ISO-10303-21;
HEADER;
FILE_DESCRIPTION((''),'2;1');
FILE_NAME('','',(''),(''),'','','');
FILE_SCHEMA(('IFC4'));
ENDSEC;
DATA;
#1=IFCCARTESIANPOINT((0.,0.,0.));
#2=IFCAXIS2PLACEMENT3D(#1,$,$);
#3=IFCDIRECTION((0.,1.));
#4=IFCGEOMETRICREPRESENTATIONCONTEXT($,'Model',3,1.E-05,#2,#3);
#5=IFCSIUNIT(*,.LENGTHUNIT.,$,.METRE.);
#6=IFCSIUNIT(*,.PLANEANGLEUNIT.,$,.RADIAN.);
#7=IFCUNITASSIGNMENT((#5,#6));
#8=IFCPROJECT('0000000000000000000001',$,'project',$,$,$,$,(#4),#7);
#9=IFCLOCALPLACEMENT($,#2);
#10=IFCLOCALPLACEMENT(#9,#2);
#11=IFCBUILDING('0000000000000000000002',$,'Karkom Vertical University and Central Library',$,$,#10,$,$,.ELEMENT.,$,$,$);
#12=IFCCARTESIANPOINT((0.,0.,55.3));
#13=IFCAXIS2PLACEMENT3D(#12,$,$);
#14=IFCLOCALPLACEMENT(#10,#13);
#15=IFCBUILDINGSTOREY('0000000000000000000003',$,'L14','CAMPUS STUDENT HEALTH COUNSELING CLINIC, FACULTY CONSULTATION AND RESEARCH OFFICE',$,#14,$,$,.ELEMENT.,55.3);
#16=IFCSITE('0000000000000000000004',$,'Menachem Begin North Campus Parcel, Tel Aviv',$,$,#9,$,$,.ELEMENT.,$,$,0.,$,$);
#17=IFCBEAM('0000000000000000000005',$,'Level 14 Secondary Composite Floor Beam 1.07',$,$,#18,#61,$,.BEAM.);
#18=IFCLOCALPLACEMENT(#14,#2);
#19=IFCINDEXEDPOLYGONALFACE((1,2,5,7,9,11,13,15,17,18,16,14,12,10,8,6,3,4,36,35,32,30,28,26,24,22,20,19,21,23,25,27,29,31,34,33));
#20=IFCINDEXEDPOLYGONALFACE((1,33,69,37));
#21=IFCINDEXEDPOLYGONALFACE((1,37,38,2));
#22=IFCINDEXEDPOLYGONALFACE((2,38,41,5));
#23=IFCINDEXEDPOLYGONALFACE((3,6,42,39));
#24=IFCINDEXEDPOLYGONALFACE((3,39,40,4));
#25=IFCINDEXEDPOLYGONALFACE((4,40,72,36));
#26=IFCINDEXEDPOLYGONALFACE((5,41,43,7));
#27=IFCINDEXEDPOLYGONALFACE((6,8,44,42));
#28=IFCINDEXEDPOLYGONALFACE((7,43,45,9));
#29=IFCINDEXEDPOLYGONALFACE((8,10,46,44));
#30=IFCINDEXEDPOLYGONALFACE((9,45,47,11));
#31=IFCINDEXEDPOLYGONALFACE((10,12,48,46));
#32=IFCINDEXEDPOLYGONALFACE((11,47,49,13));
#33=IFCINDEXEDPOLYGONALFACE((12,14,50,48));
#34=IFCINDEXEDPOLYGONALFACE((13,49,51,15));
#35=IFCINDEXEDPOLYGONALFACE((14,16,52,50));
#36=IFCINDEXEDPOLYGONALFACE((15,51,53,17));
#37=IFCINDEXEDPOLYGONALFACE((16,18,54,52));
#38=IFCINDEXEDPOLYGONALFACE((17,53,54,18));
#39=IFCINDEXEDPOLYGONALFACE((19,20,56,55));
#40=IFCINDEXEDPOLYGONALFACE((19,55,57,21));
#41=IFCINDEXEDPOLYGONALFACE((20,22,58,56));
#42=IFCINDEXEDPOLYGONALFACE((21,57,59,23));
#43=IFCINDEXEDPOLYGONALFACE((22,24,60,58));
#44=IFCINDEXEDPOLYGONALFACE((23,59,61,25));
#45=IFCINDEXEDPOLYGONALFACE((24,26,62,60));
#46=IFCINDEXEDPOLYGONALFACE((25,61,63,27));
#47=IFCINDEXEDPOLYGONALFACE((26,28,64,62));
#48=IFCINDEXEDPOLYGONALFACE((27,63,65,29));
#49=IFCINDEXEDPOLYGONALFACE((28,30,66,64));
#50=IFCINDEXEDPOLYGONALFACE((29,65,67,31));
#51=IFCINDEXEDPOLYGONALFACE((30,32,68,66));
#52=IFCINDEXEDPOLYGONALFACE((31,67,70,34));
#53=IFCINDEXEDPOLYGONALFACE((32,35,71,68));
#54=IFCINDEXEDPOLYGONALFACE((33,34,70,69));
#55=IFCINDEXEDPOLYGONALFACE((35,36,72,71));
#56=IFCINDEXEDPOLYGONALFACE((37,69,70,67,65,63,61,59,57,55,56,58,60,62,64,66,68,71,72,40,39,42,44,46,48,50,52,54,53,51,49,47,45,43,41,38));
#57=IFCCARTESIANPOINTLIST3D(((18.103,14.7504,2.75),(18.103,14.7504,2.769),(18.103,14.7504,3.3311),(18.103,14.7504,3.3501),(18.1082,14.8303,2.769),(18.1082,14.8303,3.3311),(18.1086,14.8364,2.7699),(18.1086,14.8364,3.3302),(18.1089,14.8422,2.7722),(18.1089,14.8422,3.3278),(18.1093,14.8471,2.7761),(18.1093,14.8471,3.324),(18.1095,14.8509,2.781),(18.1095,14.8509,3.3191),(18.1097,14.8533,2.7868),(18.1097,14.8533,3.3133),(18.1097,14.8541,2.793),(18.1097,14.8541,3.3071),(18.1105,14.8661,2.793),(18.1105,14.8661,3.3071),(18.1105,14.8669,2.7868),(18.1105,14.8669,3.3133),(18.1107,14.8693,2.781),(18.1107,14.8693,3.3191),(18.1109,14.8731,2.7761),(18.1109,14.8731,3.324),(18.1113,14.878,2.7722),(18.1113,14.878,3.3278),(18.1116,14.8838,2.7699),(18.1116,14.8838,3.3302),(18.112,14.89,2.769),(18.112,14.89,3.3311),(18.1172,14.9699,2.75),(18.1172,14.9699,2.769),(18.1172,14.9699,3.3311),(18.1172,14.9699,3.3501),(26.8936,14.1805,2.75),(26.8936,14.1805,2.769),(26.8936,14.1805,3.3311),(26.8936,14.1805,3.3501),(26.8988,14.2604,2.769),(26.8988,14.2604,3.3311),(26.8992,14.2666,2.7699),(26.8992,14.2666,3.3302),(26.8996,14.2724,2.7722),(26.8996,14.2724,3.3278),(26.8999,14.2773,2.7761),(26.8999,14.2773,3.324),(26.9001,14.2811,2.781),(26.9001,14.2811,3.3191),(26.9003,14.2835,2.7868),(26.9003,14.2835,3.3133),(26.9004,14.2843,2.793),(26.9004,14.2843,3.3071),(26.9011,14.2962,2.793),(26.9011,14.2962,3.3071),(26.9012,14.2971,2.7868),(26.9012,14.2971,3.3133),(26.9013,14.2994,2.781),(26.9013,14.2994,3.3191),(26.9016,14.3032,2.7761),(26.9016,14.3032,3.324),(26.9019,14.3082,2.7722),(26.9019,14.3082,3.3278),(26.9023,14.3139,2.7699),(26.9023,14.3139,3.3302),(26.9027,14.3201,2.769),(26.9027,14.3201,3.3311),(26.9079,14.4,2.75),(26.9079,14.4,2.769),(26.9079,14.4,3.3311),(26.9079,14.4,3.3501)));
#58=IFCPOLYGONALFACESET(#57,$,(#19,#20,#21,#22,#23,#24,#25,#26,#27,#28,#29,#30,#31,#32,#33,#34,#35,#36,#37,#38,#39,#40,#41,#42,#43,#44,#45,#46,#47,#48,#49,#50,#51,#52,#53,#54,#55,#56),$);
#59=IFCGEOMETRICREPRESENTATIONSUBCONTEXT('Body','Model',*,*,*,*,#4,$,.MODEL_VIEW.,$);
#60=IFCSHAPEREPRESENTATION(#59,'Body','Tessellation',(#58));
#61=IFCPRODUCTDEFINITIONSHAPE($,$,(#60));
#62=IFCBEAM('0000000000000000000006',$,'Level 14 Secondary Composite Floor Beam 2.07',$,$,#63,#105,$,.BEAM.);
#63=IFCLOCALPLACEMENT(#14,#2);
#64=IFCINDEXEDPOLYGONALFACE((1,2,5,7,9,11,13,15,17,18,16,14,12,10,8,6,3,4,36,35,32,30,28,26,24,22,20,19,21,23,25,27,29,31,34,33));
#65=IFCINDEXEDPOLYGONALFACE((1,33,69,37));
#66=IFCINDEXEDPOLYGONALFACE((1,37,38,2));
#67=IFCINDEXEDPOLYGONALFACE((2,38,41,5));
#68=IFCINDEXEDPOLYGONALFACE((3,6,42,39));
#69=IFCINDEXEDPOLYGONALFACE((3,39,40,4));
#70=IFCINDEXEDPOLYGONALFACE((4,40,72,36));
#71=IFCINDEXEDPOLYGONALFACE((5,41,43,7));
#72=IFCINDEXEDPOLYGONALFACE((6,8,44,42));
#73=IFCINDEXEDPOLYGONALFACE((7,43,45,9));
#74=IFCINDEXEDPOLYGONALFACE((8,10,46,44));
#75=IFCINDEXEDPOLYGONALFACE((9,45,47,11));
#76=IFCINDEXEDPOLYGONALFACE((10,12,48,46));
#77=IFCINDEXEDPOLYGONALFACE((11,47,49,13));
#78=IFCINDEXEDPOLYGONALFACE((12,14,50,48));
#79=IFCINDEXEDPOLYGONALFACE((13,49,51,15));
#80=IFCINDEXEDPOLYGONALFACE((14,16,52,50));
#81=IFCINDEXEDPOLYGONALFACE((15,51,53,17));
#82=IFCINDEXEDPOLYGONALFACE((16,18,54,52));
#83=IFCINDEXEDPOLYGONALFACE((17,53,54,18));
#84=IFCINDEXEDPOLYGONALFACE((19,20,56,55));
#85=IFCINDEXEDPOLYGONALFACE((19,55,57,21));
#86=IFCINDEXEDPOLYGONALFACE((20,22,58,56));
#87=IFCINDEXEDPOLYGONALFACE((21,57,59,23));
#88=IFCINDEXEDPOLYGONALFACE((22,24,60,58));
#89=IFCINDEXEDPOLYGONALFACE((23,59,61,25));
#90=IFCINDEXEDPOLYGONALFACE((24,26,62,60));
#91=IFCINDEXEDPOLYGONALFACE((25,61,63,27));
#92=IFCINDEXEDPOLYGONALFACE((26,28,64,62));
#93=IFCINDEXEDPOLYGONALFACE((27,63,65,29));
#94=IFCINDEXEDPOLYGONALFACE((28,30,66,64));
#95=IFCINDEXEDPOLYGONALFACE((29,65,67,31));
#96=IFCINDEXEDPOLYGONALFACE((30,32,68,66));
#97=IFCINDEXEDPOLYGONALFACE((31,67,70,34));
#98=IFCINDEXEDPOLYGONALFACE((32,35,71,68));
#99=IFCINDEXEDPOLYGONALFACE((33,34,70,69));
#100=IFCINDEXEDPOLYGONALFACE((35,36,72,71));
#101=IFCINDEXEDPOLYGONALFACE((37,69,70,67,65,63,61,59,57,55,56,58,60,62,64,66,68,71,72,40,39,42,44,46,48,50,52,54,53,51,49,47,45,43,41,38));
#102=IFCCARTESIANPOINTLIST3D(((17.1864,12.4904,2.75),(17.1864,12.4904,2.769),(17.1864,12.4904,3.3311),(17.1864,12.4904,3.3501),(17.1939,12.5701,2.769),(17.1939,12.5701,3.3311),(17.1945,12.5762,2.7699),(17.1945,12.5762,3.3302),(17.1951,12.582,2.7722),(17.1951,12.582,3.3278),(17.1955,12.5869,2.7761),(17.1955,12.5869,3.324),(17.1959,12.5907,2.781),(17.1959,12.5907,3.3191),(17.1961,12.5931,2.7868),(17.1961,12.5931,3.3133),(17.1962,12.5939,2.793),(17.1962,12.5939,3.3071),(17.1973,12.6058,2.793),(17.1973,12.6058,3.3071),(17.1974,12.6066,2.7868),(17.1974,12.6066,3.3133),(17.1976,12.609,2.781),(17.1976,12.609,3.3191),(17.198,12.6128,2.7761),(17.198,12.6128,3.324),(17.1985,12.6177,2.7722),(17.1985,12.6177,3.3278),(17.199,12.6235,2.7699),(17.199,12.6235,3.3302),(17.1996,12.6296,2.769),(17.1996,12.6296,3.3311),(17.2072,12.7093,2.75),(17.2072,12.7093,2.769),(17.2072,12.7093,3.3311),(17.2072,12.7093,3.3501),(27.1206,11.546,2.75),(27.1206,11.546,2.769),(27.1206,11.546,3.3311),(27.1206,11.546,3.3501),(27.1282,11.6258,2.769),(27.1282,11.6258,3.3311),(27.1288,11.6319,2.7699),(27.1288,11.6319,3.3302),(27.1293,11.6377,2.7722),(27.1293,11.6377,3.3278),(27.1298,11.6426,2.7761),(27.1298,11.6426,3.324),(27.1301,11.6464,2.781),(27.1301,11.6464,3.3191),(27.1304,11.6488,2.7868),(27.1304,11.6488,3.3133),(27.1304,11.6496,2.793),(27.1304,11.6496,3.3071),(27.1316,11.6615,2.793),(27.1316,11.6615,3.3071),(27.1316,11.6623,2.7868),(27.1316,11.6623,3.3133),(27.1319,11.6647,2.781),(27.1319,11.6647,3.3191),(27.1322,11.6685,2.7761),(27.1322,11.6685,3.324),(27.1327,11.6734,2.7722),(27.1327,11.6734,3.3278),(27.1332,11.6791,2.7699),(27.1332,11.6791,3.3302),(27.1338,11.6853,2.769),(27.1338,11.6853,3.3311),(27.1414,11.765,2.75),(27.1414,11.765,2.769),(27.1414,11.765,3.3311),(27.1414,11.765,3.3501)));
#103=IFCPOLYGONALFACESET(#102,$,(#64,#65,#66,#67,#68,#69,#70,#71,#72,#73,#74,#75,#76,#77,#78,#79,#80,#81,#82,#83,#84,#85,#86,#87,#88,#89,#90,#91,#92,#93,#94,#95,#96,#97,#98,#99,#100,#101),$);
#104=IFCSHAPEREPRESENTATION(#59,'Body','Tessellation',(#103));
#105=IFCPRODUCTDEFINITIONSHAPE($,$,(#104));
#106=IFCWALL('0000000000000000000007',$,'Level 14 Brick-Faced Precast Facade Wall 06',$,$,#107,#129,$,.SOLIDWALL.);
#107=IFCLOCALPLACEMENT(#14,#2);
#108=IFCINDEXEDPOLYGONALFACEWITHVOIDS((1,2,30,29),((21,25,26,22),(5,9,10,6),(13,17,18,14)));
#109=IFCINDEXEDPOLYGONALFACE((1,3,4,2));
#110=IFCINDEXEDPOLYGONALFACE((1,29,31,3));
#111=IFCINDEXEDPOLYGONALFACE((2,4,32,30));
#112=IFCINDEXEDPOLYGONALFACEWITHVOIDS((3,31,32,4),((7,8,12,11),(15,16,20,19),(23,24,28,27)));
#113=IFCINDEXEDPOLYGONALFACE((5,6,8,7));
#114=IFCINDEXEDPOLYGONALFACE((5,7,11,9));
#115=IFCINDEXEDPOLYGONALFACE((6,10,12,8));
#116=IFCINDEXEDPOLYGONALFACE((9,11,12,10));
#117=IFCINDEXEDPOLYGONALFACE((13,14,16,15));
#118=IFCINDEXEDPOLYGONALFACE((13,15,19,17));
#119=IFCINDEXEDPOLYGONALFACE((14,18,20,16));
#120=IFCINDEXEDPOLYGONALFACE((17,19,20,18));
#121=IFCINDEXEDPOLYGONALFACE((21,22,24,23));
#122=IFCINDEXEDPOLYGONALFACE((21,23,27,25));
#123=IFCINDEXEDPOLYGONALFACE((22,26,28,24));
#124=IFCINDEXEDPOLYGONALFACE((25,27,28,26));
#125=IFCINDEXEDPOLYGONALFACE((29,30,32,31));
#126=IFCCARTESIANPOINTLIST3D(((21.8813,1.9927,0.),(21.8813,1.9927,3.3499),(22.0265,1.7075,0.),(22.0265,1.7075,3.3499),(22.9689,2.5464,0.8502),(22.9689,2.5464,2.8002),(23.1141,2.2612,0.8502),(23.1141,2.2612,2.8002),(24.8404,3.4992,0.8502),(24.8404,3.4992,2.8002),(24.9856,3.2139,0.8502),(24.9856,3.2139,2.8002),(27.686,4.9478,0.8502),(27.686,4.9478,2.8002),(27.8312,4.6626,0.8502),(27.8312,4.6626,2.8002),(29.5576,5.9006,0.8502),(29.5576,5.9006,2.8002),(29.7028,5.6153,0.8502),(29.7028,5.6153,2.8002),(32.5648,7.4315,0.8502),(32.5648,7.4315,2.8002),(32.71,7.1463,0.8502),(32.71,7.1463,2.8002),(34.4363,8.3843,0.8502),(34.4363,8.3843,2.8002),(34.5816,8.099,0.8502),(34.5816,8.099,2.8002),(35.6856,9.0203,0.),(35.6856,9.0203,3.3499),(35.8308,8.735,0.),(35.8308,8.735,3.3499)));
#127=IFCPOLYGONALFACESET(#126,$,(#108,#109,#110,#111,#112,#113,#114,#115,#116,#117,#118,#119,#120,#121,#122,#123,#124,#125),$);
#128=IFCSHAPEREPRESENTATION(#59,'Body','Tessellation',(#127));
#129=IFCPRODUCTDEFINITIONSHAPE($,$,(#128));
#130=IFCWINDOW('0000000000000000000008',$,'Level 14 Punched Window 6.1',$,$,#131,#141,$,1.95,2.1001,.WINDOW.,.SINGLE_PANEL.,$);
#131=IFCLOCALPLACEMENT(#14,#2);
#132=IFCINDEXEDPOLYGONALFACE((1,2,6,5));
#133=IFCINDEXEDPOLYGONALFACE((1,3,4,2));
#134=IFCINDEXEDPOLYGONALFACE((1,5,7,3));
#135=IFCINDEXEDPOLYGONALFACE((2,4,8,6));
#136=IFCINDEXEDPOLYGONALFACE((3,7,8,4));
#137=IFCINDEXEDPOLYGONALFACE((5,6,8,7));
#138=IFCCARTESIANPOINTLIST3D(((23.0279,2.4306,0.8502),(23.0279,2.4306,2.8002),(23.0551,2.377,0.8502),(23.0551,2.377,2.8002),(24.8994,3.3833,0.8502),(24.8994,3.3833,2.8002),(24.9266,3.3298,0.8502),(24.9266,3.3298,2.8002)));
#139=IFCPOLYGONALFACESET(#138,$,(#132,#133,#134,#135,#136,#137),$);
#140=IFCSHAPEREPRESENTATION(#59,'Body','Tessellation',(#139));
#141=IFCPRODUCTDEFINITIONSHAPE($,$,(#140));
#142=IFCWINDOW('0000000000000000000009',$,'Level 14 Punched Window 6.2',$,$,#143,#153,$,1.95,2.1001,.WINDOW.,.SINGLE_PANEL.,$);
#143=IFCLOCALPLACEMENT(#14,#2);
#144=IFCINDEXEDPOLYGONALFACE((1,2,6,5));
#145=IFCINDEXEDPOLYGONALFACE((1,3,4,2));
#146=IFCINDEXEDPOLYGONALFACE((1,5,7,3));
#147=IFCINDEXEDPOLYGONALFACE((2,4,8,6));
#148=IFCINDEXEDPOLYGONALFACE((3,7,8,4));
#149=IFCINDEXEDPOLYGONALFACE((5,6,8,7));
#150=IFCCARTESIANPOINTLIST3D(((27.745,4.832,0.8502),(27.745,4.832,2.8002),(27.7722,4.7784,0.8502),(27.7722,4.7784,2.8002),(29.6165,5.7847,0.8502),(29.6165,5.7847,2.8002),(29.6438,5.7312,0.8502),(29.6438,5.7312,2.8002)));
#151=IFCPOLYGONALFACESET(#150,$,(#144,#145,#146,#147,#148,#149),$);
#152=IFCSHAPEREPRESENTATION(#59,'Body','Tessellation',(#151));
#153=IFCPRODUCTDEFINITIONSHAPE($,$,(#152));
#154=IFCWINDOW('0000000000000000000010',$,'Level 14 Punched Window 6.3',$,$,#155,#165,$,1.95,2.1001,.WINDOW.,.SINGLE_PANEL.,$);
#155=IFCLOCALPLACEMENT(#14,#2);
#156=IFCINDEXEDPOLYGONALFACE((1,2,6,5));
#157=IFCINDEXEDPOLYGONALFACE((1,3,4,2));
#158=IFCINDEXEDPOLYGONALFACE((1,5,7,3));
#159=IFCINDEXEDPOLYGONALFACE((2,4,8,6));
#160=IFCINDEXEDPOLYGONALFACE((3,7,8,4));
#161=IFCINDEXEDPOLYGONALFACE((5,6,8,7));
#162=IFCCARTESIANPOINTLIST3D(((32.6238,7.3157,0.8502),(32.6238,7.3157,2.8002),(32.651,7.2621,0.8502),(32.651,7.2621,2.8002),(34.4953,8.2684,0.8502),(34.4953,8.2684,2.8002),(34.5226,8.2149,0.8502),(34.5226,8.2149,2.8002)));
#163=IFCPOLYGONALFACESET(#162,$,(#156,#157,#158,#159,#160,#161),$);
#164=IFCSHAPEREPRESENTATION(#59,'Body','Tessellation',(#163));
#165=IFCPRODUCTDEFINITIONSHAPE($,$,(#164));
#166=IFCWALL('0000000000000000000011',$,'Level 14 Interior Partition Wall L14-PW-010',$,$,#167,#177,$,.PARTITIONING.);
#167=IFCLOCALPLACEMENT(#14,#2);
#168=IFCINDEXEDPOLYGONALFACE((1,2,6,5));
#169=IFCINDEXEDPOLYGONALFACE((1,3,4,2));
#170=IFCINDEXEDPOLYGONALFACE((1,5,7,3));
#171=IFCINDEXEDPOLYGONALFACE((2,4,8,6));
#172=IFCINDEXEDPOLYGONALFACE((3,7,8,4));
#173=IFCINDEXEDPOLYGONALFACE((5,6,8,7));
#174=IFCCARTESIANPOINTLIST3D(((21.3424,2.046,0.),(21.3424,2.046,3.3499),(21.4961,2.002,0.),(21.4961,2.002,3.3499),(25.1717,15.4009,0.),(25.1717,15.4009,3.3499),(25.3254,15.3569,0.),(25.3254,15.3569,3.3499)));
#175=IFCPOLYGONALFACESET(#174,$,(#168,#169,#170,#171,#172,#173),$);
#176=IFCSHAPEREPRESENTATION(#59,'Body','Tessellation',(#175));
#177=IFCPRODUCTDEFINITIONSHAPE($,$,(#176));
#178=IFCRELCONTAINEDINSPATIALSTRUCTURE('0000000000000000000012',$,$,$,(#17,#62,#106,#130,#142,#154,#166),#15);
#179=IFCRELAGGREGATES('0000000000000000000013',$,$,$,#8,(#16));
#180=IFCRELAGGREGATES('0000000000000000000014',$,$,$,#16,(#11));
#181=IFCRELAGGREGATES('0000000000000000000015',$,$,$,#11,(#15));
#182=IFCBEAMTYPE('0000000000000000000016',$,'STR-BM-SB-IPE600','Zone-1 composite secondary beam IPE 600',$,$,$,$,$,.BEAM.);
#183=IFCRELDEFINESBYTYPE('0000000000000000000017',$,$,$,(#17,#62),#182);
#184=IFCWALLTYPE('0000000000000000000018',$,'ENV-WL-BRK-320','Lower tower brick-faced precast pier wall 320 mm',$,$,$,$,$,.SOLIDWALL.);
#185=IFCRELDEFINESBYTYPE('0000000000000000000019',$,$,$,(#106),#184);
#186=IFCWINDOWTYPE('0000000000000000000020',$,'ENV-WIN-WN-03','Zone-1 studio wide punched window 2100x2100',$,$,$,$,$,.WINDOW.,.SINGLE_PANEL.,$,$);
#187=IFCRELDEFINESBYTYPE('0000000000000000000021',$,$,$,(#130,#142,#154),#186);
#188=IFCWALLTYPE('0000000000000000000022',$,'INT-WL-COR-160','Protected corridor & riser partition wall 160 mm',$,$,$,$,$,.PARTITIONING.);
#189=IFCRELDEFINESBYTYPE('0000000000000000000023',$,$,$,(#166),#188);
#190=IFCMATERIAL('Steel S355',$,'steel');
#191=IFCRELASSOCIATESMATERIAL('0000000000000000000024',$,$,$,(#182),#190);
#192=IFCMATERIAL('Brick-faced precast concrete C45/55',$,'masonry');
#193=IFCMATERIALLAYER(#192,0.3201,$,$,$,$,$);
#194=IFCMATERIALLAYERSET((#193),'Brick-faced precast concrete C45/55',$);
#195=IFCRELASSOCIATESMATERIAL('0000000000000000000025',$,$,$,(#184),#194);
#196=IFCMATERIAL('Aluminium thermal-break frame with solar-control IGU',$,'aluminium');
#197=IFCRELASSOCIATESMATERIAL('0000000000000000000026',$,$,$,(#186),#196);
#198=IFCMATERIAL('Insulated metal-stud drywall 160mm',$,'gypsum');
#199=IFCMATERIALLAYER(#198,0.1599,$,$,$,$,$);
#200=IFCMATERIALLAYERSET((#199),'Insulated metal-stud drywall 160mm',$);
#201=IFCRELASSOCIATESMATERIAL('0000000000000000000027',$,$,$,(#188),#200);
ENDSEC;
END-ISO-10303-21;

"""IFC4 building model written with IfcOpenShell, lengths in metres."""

from ifc_helpers import new_model, si_unit, direction, frame, frame_2d, origin, origin_with_axes, origin_2d, place, context, subcontext, project, spatial, rectangle, i_section, extrude, source, transform, mapped, material, layer, layer_set, material_profile, profile_set, type_object, element, fill, save


model = new_model("IFC4")

# Units and contexts
model_context = context("Model", 3, precision=1e-05, world=origin(), true_north=direction((0.0, 1.0)))
body_context = subcontext(model_context, "Body", "Model", "MODEL_VIEW")
ifc_project = project(units=[si_unit("LENGTHUNIT", "METRE"), si_unit("PLANEANGLEUNIT", "RADIAN")], contexts=[model_context])

# Site, building, storey
site_placement = place(None, origin())
site = spatial("IfcSite", under=ifc_project, at=site_placement, Name="Menachem Begin North Campus Parcel, Tel Aviv", CompositionType="ELEMENT", RefElevation=0.0)
building_placement = place(site_placement, origin())
building = spatial("IfcBuilding", under=site, at=building_placement, Name="Karkom Vertical University and Central Library", CompositionType="ELEMENT")
storey_placement = place(building_placement, frame((0.0, 0.0, 55.3)))
storey = spatial("IfcBuildingStorey", under=building, at=storey_placement, Name="L14", Description="CAMPUS STUDENT HEALTH COUNSELING CLINIC, FACULTY CONSULTATION AND RESEARCH OFFICE", CompositionType="ELEMENT", Elevation=55.3)

# Beams
ifc_material_1 = material(Name="Steel S355", Category="steel")
ifc_material_profile_1 = material_profile(ifc_material_1, i_section(OverallWidth=0.22, OverallDepth=0.6001, WebThickness=0.012, FlangeThickness=0.019, FilletRadius=0.0239, at=origin_2d()), Name="IPE 600")
ifc_profile_set_1 = profile_set([ifc_material_profile_1], Name="Steel S355")
beam_type_1 = type_object("IfcBeamType", Name="STR-BM-SB-IPE600", Description="Zone-1 composite secondary beam IPE 600", PredefinedType="BEAM", material=ifc_profile_set_1)
shared_shape_1 = source(origin_with_axes(), body_context, "Body", "SweptSolid", [
    extrude(i_section(OverallWidth=0.22, OverallDepth=0.6001, WebThickness=0.012, FlangeThickness=0.019, FilletRadius=0.0239, at=origin_2d()), origin(), (0.0, 0.0, 1.0), 8.8091),
])
beam_1_placement = place(storey_placement, frame((18.1101, 14.8601, 3.05), z_axis=(0.997906, -0.064687, 0.0), x_axis=(0.064687, 0.997906, 0.0)))
element("IfcBeam", 1, at=beam_1_placement, inside=storey, type_object=beam_type_1, Name="Level 14 Secondary Composite Floor Beam 1.07", PredefinedType="BEAM", context=body_context, shape_type="MappedRepresentation", body=[
    mapped(shared_shape_1, transform((0.0, 0.0, 0.0), scale=1.0)),
])
shared_shape_2 = source(origin_with_axes(), body_context, "Body", "SweptSolid", [
    extrude(i_section(OverallWidth=0.22, OverallDepth=0.6001, WebThickness=0.012, FlangeThickness=0.019, FilletRadius=0.0239, at=origin_2d()), origin(), (0.0, 0.0, 1.0), 9.979),
])
beam_2_placement = place(storey_placement, frame((17.1968, 12.5999, 3.05), z_axis=(0.995512, -0.094631, 0.0), x_axis=(0.094631, 0.995512, 0.0)))
element("IfcBeam", 2, at=beam_2_placement, inside=storey, type_object=beam_type_1, Name="Level 14 Secondary Composite Floor Beam 2.07", PredefinedType="BEAM", context=body_context, shape_type="MappedRepresentation", body=[
    mapped(shared_shape_2, transform((0.0, 0.0, 0.0), scale=1.0)),
])

# Wall, openings, windows
ifc_material_2 = material(Name="Brick-faced precast concrete C45/55", Category="masonry")
ifc_layer_1 = layer(ifc_material_2, 0.3201)
ifc_layer_set_1 = layer_set([ifc_layer_1], Name="Brick-faced precast concrete C45/55")
wall_type_1 = type_object("IfcWallType", Name="ENV-WL-BRK-320", Description="Lower tower brick-faced precast pier wall 320 mm", PredefinedType="SOLIDWALL", material=ifc_layer_set_1)
wall_1_placement = place(storey_placement, frame((21.9539, 1.8501, 0.0), z_axis=(0.0, 0.0, 1.0), x_axis=(0.891166, 0.453676, 0.0)))
wall_1 = element("IfcWall", 3, at=wall_1_placement, inside=storey, type_object=wall_type_1, Name="Level 14 Brick-Faced Precast Facade Wall 06", PredefinedType="SOLIDWALL", context=body_context, shape_type="SweptSolid", body=[
    extrude(rectangle(XDim=15.4902, YDim=0.3201, at=frame_2d((7.7451, 0.0))), origin(), (0.0, 0.0, 1.0), 3.3499),
])
opening_1_placement = place(wall_1_placement, frame((1.2205, 0.0, 0.8501)))
opening_1 = element("IfcOpeningElement", 4, at=opening_1_placement, cuts=wall_1, PredefinedType="OPENING", context=body_context, shape_type="SweptSolid", body=[
    extrude(rectangle(XDim=2.1001, YDim=1.95, at=frame_2d((1.05, 0.9751))), frame((0.0, 0.1699, 0.0), z_axis=(0.0, -1.0, 0.0), x_axis=(1.0, 0.0, 0.0)), (0.0, 0.0, 1.0), 0.3401),
])
opening_2_placement = place(wall_1_placement, frame((6.5137, 0.0, 0.8501)))
opening_2 = element("IfcOpeningElement", 5, at=opening_2_placement, cuts=wall_1, PredefinedType="OPENING", context=body_context, shape_type="SweptSolid", body=[
    extrude(rectangle(XDim=2.1001, YDim=1.95, at=frame_2d((1.05, 0.9751))), frame((0.0, 0.1699, 0.0), z_axis=(0.0, -1.0, 0.0), x_axis=(1.0, 0.0, 0.0)), (0.0, 0.0, 1.0), 0.3401),
])
opening_3_placement = place(wall_1_placement, frame((11.9883, 0.0, 0.8501)))
opening_3 = element("IfcOpeningElement", 6, at=opening_3_placement, cuts=wall_1, PredefinedType="OPENING", context=body_context, shape_type="SweptSolid", body=[
    extrude(rectangle(XDim=2.1001, YDim=1.95, at=frame_2d((1.05, 0.9751))), frame((0.0, 0.1699, 0.0), z_axis=(0.0, -1.0, 0.0), x_axis=(1.0, 0.0, 0.0)), (0.0, 0.0, 1.0), 0.3401),
])
ifc_material_3 = material(Name="Aluminium thermal-break frame with solar-control IGU", Category="aluminium")
window_type = type_object("IfcWindowType", Name="ENV-WIN-WN-03", Description="Zone-1 studio wide punched window 2100x2100", PartitioningType="SINGLE_PANEL", PredefinedType="WINDOW", material=ifc_material_3)
shared_shape_3 = source(origin_with_axes(), body_context, "Body", "SweptSolid", [
    extrude(rectangle(XDim=2.1001, YDim=1.95, at=frame_2d((1.05, 0.9751))), frame((0.0, 0.03, 0.0), z_axis=(0.0, -1.0, 0.0), x_axis=(1.0, 0.0, 0.0)), (0.0, 0.0, 1.0), 0.0601),
])
window_1_placement = place(opening_1_placement, origin())
window_1 = element("IfcWindow", 7, at=window_1_placement, inside=storey, type_object=window_type, Name="Level 14 Punched Window 6.1", OverallHeight=1.95, OverallWidth=2.1001, PartitioningType="SINGLE_PANEL", PredefinedType="WINDOW", context=body_context, shape_type="MappedRepresentation", body=[
    mapped(shared_shape_3, transform((0.0, 0.0, 0.0), scale=1.0)),
])
fill(opening_1, window_1)
window_2_placement = place(opening_2_placement, origin())
window_2 = element("IfcWindow", 8, at=window_2_placement, inside=storey, type_object=window_type, Name="Level 14 Punched Window 6.2", OverallHeight=1.95, OverallWidth=2.1001, PartitioningType="SINGLE_PANEL", PredefinedType="WINDOW", context=body_context, shape_type="MappedRepresentation", body=[
    mapped(shared_shape_3, transform((0.0, 0.0, 0.0), scale=1.0)),
])
fill(opening_2, window_2)
window_3_placement = place(opening_3_placement, origin())
window_3 = element("IfcWindow", 9, at=window_3_placement, inside=storey, type_object=window_type, Name="Level 14 Punched Window 6.3", OverallHeight=1.95, OverallWidth=2.1001, PartitioningType="SINGLE_PANEL", PredefinedType="WINDOW", context=body_context, shape_type="MappedRepresentation", body=[
    mapped(shared_shape_3, transform((0.0, 0.0, 0.0), scale=1.0)),
])
fill(opening_3, window_3)

# Wall
ifc_material_4 = material(Name="Insulated metal-stud drywall 160mm", Category="gypsum")
ifc_layer_2 = layer(ifc_material_4, 0.1599)
ifc_layer_set_2 = layer_set([ifc_layer_2], Name="Insulated metal-stud drywall 160mm")
wall_type_2 = type_object("IfcWallType", Name="INT-WL-COR-160", Description="Protected corridor & riser partition wall 160 mm", PredefinedType="PARTITIONING", material=ifc_layer_set_2)
wall_2_placement = place(storey_placement, frame((25.2485, 15.3789, 0.0), z_axis=(0.0, 0.0, 1.0), x_axis=(-0.275628, -0.961264, 0.0)))
element("IfcWall", 10, at=wall_2_placement, inside=storey, type_object=wall_type_2, Name="Level 14 Interior Partition Wall L14-PW-010", PredefinedType="PARTITIONING", context=body_context, shape_type="SweptSolid", body=[
    extrude(rectangle(XDim=13.8931, YDim=0.1599, at=frame_2d((6.9465, 0.0))), origin(), (0.0, 0.0, 1.0), 3.3499),
])

save(model, "model.ifc")
